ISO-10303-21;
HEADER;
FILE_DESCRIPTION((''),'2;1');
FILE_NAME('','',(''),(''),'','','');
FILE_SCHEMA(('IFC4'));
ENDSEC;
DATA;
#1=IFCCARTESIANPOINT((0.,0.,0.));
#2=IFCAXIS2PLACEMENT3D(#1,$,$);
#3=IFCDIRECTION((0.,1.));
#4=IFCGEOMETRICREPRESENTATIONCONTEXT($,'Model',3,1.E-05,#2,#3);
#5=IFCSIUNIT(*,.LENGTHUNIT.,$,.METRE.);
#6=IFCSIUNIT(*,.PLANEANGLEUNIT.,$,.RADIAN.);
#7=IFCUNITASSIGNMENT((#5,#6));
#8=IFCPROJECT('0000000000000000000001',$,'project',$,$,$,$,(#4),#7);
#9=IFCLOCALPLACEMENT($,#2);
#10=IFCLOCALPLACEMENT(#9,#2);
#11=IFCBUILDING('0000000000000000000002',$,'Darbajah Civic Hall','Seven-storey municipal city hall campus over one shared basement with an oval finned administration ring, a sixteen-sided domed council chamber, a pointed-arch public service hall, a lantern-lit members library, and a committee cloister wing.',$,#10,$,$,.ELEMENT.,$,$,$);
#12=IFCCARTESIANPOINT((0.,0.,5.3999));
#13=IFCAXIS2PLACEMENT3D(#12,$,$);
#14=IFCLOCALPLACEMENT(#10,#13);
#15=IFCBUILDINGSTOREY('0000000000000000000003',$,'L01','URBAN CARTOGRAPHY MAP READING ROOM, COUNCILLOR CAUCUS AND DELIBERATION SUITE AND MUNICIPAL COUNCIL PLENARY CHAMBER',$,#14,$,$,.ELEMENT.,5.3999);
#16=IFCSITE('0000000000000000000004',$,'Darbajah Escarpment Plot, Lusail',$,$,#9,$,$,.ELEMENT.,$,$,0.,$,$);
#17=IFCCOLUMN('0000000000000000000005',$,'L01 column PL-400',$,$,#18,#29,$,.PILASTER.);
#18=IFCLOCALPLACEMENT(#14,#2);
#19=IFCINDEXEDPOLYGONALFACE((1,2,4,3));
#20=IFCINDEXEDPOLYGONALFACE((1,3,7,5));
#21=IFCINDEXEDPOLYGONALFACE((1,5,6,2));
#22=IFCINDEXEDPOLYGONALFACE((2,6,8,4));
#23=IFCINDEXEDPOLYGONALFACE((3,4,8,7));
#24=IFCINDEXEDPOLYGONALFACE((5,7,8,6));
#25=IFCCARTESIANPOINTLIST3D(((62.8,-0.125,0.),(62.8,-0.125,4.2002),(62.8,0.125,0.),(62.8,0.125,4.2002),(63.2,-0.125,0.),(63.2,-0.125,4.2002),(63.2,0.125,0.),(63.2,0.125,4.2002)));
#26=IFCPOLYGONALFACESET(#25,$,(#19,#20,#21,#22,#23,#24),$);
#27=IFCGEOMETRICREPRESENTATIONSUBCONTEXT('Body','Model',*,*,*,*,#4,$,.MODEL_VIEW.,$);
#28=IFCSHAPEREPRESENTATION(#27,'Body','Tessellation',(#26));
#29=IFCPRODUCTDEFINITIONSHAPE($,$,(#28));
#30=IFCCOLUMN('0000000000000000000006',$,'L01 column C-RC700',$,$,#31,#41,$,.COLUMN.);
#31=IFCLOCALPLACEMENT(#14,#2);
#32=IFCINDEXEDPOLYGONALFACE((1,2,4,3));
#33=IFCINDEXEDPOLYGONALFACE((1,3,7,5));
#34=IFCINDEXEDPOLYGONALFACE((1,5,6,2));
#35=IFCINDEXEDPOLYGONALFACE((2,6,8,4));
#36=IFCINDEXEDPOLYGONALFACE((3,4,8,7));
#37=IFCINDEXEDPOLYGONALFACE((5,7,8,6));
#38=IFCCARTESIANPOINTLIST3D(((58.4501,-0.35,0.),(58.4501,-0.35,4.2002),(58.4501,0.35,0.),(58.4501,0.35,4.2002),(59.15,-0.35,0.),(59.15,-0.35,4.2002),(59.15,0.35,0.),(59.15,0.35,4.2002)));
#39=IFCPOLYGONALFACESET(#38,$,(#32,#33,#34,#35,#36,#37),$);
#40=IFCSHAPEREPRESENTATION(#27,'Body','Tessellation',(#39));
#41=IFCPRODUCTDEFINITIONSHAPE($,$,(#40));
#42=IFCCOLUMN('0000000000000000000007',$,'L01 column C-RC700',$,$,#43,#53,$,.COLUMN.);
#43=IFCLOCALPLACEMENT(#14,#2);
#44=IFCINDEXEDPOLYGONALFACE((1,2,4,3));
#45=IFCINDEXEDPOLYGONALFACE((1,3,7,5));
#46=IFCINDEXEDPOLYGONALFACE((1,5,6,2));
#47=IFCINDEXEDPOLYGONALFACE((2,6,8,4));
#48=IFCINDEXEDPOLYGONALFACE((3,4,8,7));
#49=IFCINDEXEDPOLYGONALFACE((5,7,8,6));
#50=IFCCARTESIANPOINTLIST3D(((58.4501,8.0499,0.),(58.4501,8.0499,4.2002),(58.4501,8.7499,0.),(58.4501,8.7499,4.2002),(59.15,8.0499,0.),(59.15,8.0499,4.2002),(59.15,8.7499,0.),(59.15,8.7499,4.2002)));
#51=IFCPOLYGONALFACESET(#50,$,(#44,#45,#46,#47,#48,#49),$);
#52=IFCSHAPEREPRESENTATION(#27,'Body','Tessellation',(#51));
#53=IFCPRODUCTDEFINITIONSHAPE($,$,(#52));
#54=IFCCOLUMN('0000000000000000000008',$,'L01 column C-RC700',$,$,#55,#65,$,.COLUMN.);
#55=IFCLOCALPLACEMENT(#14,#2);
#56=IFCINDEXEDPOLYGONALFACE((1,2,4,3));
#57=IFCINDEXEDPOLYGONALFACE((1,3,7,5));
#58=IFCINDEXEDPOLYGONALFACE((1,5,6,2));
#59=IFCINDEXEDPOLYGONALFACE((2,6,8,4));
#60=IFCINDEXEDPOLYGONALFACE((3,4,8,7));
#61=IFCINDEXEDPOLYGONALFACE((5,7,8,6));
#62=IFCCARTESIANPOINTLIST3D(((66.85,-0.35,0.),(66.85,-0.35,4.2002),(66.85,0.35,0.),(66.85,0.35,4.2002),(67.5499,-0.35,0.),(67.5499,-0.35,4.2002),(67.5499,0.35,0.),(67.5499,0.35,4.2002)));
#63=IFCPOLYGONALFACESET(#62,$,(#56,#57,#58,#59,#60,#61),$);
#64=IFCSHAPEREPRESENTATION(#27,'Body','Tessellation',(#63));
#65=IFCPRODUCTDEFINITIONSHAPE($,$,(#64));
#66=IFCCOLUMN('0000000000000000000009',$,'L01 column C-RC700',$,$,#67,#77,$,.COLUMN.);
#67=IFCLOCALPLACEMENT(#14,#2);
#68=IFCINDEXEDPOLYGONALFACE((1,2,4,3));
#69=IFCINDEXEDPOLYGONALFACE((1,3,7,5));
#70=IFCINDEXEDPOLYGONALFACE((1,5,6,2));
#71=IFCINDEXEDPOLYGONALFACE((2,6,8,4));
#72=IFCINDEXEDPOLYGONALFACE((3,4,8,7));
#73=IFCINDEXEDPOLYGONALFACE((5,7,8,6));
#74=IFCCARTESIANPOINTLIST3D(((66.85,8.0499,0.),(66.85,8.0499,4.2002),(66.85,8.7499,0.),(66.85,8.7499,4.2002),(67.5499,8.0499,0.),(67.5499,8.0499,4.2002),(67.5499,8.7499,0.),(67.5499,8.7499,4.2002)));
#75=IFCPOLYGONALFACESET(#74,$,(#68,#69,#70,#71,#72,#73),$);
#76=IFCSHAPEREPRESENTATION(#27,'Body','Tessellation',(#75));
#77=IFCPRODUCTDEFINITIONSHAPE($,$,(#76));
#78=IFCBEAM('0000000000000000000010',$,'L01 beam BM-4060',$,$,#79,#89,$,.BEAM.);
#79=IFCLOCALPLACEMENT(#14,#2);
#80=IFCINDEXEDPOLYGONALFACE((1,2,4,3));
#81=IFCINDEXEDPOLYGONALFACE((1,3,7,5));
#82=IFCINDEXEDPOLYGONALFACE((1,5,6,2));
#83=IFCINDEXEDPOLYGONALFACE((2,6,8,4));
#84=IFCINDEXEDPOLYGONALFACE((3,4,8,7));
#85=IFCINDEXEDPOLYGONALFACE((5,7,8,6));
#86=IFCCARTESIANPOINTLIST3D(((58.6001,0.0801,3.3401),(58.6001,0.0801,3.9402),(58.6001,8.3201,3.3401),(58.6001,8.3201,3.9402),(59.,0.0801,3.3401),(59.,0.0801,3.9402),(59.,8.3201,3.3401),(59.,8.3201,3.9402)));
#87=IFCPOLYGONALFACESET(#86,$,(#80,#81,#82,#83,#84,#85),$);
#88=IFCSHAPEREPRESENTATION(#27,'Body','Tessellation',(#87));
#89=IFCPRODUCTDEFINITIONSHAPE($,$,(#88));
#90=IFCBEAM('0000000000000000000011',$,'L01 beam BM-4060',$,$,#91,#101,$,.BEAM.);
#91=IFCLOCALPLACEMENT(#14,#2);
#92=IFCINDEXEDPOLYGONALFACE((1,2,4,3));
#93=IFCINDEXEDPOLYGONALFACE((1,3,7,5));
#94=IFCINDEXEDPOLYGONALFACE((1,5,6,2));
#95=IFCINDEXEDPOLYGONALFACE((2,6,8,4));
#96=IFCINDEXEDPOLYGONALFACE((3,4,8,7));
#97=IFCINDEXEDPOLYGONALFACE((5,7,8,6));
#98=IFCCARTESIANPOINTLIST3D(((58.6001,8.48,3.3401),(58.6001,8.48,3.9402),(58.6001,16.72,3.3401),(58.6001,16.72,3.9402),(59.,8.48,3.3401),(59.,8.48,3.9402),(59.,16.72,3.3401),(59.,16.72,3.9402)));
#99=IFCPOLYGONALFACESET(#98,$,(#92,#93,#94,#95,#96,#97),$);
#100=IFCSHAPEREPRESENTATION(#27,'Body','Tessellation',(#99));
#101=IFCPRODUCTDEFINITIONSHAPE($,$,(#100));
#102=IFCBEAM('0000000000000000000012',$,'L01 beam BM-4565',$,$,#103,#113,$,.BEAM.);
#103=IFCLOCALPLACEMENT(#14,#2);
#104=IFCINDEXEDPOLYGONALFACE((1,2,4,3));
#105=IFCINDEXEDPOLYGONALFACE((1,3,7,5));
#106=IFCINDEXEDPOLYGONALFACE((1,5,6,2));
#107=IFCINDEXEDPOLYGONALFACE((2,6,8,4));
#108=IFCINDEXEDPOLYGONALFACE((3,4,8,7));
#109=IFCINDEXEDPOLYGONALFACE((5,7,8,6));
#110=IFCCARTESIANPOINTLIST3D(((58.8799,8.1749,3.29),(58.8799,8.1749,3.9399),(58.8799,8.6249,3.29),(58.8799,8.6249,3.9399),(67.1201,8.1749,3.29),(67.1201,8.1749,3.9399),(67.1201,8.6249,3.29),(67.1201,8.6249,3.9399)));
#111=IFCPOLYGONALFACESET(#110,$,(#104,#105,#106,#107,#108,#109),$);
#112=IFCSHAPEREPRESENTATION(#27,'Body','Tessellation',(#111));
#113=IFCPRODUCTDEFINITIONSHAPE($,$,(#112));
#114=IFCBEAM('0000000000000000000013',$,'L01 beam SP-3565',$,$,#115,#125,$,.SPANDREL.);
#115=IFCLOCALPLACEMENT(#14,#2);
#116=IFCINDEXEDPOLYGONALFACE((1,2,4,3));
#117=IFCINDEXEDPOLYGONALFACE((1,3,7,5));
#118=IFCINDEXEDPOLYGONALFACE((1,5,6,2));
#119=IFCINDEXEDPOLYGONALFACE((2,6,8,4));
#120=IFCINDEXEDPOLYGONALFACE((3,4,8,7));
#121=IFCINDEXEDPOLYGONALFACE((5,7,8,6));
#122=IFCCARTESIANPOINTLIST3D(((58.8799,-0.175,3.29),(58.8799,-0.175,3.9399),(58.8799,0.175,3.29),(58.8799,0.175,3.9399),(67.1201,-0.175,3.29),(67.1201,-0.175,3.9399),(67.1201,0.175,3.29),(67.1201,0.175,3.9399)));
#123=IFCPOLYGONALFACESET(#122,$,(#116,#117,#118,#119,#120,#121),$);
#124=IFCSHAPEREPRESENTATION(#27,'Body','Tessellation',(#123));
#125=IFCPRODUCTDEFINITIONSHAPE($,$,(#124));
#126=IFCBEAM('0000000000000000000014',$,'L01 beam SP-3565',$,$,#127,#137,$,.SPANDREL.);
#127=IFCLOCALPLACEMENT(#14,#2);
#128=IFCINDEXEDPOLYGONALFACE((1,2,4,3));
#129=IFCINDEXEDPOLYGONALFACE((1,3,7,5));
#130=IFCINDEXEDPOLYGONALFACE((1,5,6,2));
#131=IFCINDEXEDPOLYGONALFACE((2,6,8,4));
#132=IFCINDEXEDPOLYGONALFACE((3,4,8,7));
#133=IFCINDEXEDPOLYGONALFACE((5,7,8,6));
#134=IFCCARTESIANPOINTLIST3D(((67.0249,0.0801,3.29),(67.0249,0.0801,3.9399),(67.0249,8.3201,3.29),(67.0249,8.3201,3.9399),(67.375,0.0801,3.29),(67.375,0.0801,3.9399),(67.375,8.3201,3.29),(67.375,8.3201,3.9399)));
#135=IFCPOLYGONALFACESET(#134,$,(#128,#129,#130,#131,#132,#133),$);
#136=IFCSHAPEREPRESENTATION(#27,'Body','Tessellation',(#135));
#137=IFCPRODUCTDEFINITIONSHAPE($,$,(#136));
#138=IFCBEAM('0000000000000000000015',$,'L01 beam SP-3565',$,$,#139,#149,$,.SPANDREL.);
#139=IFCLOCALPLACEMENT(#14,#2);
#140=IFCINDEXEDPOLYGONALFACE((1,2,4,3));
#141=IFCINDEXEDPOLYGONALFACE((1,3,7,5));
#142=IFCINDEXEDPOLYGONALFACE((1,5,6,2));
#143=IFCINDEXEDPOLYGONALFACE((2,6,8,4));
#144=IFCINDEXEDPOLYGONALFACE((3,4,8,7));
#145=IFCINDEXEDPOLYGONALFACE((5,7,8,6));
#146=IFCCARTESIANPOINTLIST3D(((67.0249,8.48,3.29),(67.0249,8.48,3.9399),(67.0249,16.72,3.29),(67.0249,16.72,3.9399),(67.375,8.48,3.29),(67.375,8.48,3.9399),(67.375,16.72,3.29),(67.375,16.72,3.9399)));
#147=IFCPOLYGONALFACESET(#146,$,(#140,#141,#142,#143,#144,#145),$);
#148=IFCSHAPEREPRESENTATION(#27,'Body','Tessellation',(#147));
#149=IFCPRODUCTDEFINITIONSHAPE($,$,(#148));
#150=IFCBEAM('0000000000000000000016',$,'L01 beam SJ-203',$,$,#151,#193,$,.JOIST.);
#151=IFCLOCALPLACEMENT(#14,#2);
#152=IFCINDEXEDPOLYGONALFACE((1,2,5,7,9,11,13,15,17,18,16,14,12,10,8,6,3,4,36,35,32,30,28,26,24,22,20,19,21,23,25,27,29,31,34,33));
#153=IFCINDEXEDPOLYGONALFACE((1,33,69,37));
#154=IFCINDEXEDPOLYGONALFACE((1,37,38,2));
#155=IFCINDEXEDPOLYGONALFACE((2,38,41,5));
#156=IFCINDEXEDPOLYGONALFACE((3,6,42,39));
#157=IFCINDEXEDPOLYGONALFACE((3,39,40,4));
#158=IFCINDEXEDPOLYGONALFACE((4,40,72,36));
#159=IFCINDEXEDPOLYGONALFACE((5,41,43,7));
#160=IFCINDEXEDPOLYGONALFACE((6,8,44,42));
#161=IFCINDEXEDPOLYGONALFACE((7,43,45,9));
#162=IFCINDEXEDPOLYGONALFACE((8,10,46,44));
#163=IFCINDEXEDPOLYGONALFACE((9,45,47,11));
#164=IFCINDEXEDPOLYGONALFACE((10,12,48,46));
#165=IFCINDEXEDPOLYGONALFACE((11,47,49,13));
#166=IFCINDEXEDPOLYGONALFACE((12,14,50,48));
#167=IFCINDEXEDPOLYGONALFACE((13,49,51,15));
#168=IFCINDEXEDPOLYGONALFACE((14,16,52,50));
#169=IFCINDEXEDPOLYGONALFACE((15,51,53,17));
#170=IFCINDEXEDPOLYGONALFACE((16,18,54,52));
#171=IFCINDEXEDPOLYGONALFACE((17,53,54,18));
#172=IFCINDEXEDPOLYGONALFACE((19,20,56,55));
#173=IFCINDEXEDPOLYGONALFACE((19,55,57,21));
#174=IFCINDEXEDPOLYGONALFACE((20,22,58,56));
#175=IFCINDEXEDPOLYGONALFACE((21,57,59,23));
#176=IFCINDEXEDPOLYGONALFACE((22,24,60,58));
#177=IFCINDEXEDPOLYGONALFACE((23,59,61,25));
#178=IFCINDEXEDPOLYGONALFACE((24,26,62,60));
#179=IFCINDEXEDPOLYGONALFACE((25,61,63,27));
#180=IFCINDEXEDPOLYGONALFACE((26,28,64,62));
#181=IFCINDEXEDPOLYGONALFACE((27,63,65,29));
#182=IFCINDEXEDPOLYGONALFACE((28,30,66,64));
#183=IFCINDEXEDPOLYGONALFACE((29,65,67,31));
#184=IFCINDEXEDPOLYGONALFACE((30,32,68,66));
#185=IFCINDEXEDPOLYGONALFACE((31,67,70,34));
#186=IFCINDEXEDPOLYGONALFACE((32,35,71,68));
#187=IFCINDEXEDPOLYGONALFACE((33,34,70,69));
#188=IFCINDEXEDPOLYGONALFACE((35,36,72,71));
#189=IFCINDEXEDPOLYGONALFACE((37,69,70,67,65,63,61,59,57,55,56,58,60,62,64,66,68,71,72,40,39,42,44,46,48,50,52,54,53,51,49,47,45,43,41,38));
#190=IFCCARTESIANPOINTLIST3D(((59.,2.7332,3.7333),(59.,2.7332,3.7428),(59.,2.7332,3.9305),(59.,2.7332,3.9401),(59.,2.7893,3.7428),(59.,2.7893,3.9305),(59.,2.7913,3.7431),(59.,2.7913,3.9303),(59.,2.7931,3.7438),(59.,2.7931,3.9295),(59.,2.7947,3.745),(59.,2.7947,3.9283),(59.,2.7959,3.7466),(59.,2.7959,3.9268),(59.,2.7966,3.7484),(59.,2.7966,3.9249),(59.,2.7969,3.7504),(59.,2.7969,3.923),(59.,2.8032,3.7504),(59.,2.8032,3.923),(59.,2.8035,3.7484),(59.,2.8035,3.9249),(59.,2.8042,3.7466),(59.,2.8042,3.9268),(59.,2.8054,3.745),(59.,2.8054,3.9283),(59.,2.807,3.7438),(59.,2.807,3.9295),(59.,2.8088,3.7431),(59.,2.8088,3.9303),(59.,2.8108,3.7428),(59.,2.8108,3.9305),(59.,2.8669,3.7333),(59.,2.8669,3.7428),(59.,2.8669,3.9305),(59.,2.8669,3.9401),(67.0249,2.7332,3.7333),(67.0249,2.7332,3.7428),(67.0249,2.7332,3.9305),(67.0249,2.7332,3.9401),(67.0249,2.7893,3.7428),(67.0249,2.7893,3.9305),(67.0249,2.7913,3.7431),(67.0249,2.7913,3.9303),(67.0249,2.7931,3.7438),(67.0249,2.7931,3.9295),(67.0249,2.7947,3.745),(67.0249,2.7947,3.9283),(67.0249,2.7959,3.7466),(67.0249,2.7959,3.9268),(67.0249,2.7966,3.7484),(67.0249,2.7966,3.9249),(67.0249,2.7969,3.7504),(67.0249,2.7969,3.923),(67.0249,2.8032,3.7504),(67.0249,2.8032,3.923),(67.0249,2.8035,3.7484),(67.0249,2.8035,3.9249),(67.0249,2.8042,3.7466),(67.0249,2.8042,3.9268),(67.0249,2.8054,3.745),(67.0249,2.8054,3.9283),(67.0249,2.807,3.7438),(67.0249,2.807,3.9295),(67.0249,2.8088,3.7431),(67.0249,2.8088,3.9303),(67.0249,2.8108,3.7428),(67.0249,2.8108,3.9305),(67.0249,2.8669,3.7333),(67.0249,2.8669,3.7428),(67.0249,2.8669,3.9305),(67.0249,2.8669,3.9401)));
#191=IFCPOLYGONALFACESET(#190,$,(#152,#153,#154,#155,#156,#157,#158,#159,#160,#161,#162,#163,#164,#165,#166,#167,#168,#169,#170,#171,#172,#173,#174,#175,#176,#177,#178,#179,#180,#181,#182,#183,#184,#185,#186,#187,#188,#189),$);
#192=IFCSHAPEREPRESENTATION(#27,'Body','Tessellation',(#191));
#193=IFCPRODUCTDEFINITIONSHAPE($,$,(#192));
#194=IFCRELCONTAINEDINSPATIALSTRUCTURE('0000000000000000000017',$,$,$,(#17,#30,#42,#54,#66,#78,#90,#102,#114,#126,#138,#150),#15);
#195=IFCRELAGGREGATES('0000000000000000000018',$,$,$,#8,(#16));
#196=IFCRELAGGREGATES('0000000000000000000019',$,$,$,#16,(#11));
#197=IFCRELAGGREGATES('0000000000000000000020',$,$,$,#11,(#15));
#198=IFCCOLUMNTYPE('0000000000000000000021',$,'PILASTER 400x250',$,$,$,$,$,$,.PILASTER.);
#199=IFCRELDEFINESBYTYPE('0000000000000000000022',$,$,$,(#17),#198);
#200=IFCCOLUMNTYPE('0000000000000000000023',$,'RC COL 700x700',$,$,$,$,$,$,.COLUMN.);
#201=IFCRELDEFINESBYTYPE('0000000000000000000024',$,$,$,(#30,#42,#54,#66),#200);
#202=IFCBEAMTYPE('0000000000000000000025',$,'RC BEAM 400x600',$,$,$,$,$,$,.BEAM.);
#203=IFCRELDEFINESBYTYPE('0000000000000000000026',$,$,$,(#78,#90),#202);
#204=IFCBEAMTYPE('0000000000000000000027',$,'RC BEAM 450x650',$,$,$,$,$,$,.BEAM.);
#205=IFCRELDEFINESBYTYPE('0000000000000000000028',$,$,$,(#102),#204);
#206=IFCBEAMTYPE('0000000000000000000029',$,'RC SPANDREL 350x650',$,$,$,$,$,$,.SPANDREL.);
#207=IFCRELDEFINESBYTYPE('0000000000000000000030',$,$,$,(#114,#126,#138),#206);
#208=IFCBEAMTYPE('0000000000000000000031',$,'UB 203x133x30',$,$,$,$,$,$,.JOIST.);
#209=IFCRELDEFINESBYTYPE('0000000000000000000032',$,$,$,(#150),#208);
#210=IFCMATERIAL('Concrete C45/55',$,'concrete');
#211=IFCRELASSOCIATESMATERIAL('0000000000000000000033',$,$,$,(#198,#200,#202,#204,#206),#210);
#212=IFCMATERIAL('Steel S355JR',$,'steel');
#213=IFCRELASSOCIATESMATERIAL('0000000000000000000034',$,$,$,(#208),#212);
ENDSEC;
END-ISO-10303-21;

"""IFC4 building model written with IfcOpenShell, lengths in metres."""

from ifc_helpers import new_model, si_unit, direction, frame, origin, origin_2d, place, context, subcontext, project, spatial, rectangle, i_section, extrude, material, material_profile, profile_set, type_object, element, save


model = new_model("IFC4")

# Units and contexts
model_context = context("Model", 3, precision=1e-05, world=origin(), true_north=direction((0.0, 1.0)))
body_context = subcontext(model_context, "Body", "Model", "MODEL_VIEW")
ifc_project = project(units=[si_unit("LENGTHUNIT", "METRE"), si_unit("PLANEANGLEUNIT", "RADIAN")], contexts=[model_context])

# Site, building, storey
site_placement = place(None, origin())
site = spatial("IfcSite", under=ifc_project, at=site_placement, Name="Darbajah Escarpment Plot, Lusail", CompositionType="ELEMENT", RefElevation=0.0)
building_placement = place(site_placement, origin())
building = spatial("IfcBuilding", under=site, at=building_placement, Name="Darbajah Civic Hall", Description="Seven-storey municipal city hall campus over one shared basement with an oval finned administration ring, a sixteen-sided domed council chamber, a pointed-arch public service hall, a lantern-lit members library, and a committee cloister wing.", CompositionType="ELEMENT")
storey_placement = place(building_placement, frame((0.0, 0.0, 5.3999)))
storey = spatial("IfcBuildingStorey", under=building, at=storey_placement, Name="L01", Description="URBAN CARTOGRAPHY MAP READING ROOM, COUNCILLOR CAUCUS AND DELIBERATION SUITE AND MUNICIPAL COUNCIL PLENARY CHAMBER", CompositionType="ELEMENT", Elevation=5.3999)

# Columns
ifc_material_1 = material(Name="Concrete C45/55", Category="concrete")
ifc_material_profile_1 = material_profile(ifc_material_1, rectangle(XDim=0.3999, YDim=0.25, at=origin_2d()), Name="PILASTER 400x250")
ifc_profile_set_1 = profile_set([ifc_material_profile_1], Name="Concrete C45/55")
column_type_1 = type_object("IfcColumnType", Name="PILASTER 400x250", PredefinedType="PILASTER", material=ifc_profile_set_1)
column_placement = place(storey_placement, frame((63.0, 0.0, 0.0), z_axis=(0.0, 0.0, 1.0), x_axis=(1.0, 0.0, 0.0)))
element("IfcColumn", 1, at=column_placement, inside=storey, type_object=column_type_1, Name="L01 column PL-400", PredefinedType="PILASTER", context=body_context, shape_type="SweptSolid", body=[
    extrude(rectangle(XDim=0.3999, YDim=0.25, at=origin_2d()), origin(), (0.0, 0.0, 1.0), 4.2002),
])
ifc_material_profile_2 = material_profile(ifc_material_1, rectangle(XDim=0.7, YDim=0.7, at=origin_2d()), Name="RC COL 700x700")
ifc_profile_set_2 = profile_set([ifc_material_profile_2], Name="Concrete C45/55")
column_type_2 = type_object("IfcColumnType", Name="RC COL 700x700", PredefinedType="COLUMN", material=ifc_profile_set_2)
for number, where, z_axis, x_axis, name in (
    (2, (58.8, 0.0, 0.0), (0.0, 0.0, 1.0), (1.0, 0.0, 0.0), "L01 column C-RC700"),
    (3, (58.8, 8.3999, 0.0), (0.0, 0.0, 1.0), (1.0, 0.0, 0.0), "L01 column C-RC700"),
    (4, (67.2, 0.0, 0.0), (0.0, 0.0, 1.0), (1.0, 0.0, 0.0), "L01 column C-RC700"),
    (5, (67.2, 8.3999, 0.0), (0.0, 0.0, 1.0), (1.0, 0.0, 0.0), "L01 column C-RC700"),
):
    element("IfcColumn", number, at=place(storey_placement, frame(where, z_axis=z_axis, x_axis=x_axis)), inside=storey, type_object=column_type_2, Name=name, PredefinedType="COLUMN", context=body_context, shape_type="SweptSolid", body=[
        extrude(rectangle(XDim=0.7, YDim=0.7, at=origin_2d()), origin(), (0.0, 0.0, 1.0), 4.2002),
    ])

# Beams
ifc_material_profile_3 = material_profile(ifc_material_1, rectangle(XDim=0.3999, YDim=0.6001, at=origin_2d()), Name="RC BEAM 400x600")
ifc_profile_set_3 = profile_set([ifc_material_profile_3], Name="Concrete C45/55")
beam_type_1 = type_object("IfcBeamType", Name="RC BEAM 400x600", PredefinedType="BEAM", material=ifc_profile_set_3)
for number, where, z_axis, x_axis, name in (
    (6, (58.8, 0.0801, 3.6401), (0.0, 1.0, 0.0), (-1.0, 0.0, 0.0), "L01 beam BM-4060"),
    (7, (58.8, 8.48, 3.6401), (0.0, 1.0, 0.0), (-1.0, 0.0, 0.0), "L01 beam BM-4060"),
):
    element("IfcBeam", number, at=place(storey_placement, frame(where, z_axis=z_axis, x_axis=x_axis)), inside=storey, type_object=beam_type_1, Name=name, PredefinedType="BEAM", context=body_context, shape_type="SweptSolid", body=[
        extrude(rectangle(XDim=0.3999, YDim=0.6001, at=origin_2d()), origin(), (0.0, 0.0, 1.0), 8.24),
    ])
ifc_material_profile_4 = material_profile(ifc_material_1, rectangle(XDim=0.45, YDim=0.6499, at=origin_2d()), Name="RC BEAM 450x650")
ifc_profile_set_4 = profile_set([ifc_material_profile_4], Name="Concrete C45/55")
beam_type_2 = type_object("IfcBeamType", Name="RC BEAM 450x650", PredefinedType="BEAM", material=ifc_profile_set_4)
beam_1_placement = place(storey_placement, frame((58.8799, 8.3999, 3.615), z_axis=(1.0, 0.0, 0.0), x_axis=(0.0, 1.0, 0.0)))
element("IfcBeam", 8, at=beam_1_placement, inside=storey, type_object=beam_type_2, Name="L01 beam BM-4565", PredefinedType="BEAM", context=body_context, shape_type="SweptSolid", body=[
    extrude(rectangle(XDim=0.45, YDim=0.6499, at=origin_2d()), origin(), (0.0, 0.0, 1.0), 8.2402),
])
ifc_material_profile_5 = material_profile(ifc_material_1, rectangle(XDim=0.3501, YDim=0.6499, at=origin_2d()), Name="RC SPANDREL 350x650")
ifc_profile_set_5 = profile_set([ifc_material_profile_5], Name="Concrete C45/55")
beam_type_3 = type_object("IfcBeamType", Name="RC SPANDREL 350x650", PredefinedType="SPANDREL", material=ifc_profile_set_5)
beam_2_placement = place(storey_placement, frame((58.8799, 0.0, 3.615), z_axis=(1.0, 0.0, 0.0), x_axis=(0.0, 1.0, 0.0)))
element("IfcBeam", 9, at=beam_2_placement, inside=storey, type_object=beam_type_3, Name="L01 beam SP-3565", PredefinedType="SPANDREL", context=body_context, shape_type="SweptSolid", body=[
    extrude(rectangle(XDim=0.3501, YDim=0.6499, at=origin_2d()), origin(), (0.0, 0.0, 1.0), 8.2402),
])
for number, where, z_axis, x_axis, name in (
    (10, (67.2, 0.0801, 3.615), (0.0, 1.0, 0.0), (-1.0, 0.0, 0.0), "L01 beam SP-3565"),
    (11, (67.2, 8.48, 3.615), (0.0, 1.0, 0.0), (-1.0, 0.0, 0.0), "L01 beam SP-3565"),
):
    element("IfcBeam", number, at=place(storey_placement, frame(where, z_axis=z_axis, x_axis=x_axis)), inside=storey, type_object=beam_type_3, Name=name, PredefinedType="SPANDREL", context=body_context, shape_type="SweptSolid", body=[
        extrude(rectangle(XDim=0.3501, YDim=0.6499, at=origin_2d()), origin(), (0.0, 0.0, 1.0), 8.24),
    ])
ifc_material_2 = material(Name="Steel S355JR", Category="steel")
ifc_material_profile_6 = material_profile(ifc_material_2, i_section(OverallWidth=0.1338, OverallDepth=0.2068, WebThickness=0.0063, FlangeThickness=0.0095, FilletRadius=0.0076, at=origin_2d()), Name="UB 203x133x30")
ifc_profile_set_6 = profile_set([ifc_material_profile_6], Name="Steel S355JR")
beam_type_4 = type_object("IfcBeamType", Name="UB 203x133x30", PredefinedType="JOIST", material=ifc_profile_set_6)
for number, where, z_axis, x_axis, name in (
    (12, (59.0, 2.8, 3.8367), (1.0, 0.0, 0.0), (0.0, 1.0, 0.0), "L01 beam SJ-203"),
):
    element("IfcBeam", number, at=place(storey_placement, frame(where, z_axis=z_axis, x_axis=x_axis)), inside=storey, type_object=beam_type_4, Name=name, PredefinedType="JOIST", context=body_context, shape_type="SweptSolid", body=[
        extrude(i_section(OverallWidth=0.1338, OverallDepth=0.2068, WebThickness=0.0063, FlangeThickness=0.0095, FilletRadius=0.0076, at=origin_2d()), origin(), (0.0, 0.0, 1.0), 8.0249),
    ])

save(model, "model.ifc")
